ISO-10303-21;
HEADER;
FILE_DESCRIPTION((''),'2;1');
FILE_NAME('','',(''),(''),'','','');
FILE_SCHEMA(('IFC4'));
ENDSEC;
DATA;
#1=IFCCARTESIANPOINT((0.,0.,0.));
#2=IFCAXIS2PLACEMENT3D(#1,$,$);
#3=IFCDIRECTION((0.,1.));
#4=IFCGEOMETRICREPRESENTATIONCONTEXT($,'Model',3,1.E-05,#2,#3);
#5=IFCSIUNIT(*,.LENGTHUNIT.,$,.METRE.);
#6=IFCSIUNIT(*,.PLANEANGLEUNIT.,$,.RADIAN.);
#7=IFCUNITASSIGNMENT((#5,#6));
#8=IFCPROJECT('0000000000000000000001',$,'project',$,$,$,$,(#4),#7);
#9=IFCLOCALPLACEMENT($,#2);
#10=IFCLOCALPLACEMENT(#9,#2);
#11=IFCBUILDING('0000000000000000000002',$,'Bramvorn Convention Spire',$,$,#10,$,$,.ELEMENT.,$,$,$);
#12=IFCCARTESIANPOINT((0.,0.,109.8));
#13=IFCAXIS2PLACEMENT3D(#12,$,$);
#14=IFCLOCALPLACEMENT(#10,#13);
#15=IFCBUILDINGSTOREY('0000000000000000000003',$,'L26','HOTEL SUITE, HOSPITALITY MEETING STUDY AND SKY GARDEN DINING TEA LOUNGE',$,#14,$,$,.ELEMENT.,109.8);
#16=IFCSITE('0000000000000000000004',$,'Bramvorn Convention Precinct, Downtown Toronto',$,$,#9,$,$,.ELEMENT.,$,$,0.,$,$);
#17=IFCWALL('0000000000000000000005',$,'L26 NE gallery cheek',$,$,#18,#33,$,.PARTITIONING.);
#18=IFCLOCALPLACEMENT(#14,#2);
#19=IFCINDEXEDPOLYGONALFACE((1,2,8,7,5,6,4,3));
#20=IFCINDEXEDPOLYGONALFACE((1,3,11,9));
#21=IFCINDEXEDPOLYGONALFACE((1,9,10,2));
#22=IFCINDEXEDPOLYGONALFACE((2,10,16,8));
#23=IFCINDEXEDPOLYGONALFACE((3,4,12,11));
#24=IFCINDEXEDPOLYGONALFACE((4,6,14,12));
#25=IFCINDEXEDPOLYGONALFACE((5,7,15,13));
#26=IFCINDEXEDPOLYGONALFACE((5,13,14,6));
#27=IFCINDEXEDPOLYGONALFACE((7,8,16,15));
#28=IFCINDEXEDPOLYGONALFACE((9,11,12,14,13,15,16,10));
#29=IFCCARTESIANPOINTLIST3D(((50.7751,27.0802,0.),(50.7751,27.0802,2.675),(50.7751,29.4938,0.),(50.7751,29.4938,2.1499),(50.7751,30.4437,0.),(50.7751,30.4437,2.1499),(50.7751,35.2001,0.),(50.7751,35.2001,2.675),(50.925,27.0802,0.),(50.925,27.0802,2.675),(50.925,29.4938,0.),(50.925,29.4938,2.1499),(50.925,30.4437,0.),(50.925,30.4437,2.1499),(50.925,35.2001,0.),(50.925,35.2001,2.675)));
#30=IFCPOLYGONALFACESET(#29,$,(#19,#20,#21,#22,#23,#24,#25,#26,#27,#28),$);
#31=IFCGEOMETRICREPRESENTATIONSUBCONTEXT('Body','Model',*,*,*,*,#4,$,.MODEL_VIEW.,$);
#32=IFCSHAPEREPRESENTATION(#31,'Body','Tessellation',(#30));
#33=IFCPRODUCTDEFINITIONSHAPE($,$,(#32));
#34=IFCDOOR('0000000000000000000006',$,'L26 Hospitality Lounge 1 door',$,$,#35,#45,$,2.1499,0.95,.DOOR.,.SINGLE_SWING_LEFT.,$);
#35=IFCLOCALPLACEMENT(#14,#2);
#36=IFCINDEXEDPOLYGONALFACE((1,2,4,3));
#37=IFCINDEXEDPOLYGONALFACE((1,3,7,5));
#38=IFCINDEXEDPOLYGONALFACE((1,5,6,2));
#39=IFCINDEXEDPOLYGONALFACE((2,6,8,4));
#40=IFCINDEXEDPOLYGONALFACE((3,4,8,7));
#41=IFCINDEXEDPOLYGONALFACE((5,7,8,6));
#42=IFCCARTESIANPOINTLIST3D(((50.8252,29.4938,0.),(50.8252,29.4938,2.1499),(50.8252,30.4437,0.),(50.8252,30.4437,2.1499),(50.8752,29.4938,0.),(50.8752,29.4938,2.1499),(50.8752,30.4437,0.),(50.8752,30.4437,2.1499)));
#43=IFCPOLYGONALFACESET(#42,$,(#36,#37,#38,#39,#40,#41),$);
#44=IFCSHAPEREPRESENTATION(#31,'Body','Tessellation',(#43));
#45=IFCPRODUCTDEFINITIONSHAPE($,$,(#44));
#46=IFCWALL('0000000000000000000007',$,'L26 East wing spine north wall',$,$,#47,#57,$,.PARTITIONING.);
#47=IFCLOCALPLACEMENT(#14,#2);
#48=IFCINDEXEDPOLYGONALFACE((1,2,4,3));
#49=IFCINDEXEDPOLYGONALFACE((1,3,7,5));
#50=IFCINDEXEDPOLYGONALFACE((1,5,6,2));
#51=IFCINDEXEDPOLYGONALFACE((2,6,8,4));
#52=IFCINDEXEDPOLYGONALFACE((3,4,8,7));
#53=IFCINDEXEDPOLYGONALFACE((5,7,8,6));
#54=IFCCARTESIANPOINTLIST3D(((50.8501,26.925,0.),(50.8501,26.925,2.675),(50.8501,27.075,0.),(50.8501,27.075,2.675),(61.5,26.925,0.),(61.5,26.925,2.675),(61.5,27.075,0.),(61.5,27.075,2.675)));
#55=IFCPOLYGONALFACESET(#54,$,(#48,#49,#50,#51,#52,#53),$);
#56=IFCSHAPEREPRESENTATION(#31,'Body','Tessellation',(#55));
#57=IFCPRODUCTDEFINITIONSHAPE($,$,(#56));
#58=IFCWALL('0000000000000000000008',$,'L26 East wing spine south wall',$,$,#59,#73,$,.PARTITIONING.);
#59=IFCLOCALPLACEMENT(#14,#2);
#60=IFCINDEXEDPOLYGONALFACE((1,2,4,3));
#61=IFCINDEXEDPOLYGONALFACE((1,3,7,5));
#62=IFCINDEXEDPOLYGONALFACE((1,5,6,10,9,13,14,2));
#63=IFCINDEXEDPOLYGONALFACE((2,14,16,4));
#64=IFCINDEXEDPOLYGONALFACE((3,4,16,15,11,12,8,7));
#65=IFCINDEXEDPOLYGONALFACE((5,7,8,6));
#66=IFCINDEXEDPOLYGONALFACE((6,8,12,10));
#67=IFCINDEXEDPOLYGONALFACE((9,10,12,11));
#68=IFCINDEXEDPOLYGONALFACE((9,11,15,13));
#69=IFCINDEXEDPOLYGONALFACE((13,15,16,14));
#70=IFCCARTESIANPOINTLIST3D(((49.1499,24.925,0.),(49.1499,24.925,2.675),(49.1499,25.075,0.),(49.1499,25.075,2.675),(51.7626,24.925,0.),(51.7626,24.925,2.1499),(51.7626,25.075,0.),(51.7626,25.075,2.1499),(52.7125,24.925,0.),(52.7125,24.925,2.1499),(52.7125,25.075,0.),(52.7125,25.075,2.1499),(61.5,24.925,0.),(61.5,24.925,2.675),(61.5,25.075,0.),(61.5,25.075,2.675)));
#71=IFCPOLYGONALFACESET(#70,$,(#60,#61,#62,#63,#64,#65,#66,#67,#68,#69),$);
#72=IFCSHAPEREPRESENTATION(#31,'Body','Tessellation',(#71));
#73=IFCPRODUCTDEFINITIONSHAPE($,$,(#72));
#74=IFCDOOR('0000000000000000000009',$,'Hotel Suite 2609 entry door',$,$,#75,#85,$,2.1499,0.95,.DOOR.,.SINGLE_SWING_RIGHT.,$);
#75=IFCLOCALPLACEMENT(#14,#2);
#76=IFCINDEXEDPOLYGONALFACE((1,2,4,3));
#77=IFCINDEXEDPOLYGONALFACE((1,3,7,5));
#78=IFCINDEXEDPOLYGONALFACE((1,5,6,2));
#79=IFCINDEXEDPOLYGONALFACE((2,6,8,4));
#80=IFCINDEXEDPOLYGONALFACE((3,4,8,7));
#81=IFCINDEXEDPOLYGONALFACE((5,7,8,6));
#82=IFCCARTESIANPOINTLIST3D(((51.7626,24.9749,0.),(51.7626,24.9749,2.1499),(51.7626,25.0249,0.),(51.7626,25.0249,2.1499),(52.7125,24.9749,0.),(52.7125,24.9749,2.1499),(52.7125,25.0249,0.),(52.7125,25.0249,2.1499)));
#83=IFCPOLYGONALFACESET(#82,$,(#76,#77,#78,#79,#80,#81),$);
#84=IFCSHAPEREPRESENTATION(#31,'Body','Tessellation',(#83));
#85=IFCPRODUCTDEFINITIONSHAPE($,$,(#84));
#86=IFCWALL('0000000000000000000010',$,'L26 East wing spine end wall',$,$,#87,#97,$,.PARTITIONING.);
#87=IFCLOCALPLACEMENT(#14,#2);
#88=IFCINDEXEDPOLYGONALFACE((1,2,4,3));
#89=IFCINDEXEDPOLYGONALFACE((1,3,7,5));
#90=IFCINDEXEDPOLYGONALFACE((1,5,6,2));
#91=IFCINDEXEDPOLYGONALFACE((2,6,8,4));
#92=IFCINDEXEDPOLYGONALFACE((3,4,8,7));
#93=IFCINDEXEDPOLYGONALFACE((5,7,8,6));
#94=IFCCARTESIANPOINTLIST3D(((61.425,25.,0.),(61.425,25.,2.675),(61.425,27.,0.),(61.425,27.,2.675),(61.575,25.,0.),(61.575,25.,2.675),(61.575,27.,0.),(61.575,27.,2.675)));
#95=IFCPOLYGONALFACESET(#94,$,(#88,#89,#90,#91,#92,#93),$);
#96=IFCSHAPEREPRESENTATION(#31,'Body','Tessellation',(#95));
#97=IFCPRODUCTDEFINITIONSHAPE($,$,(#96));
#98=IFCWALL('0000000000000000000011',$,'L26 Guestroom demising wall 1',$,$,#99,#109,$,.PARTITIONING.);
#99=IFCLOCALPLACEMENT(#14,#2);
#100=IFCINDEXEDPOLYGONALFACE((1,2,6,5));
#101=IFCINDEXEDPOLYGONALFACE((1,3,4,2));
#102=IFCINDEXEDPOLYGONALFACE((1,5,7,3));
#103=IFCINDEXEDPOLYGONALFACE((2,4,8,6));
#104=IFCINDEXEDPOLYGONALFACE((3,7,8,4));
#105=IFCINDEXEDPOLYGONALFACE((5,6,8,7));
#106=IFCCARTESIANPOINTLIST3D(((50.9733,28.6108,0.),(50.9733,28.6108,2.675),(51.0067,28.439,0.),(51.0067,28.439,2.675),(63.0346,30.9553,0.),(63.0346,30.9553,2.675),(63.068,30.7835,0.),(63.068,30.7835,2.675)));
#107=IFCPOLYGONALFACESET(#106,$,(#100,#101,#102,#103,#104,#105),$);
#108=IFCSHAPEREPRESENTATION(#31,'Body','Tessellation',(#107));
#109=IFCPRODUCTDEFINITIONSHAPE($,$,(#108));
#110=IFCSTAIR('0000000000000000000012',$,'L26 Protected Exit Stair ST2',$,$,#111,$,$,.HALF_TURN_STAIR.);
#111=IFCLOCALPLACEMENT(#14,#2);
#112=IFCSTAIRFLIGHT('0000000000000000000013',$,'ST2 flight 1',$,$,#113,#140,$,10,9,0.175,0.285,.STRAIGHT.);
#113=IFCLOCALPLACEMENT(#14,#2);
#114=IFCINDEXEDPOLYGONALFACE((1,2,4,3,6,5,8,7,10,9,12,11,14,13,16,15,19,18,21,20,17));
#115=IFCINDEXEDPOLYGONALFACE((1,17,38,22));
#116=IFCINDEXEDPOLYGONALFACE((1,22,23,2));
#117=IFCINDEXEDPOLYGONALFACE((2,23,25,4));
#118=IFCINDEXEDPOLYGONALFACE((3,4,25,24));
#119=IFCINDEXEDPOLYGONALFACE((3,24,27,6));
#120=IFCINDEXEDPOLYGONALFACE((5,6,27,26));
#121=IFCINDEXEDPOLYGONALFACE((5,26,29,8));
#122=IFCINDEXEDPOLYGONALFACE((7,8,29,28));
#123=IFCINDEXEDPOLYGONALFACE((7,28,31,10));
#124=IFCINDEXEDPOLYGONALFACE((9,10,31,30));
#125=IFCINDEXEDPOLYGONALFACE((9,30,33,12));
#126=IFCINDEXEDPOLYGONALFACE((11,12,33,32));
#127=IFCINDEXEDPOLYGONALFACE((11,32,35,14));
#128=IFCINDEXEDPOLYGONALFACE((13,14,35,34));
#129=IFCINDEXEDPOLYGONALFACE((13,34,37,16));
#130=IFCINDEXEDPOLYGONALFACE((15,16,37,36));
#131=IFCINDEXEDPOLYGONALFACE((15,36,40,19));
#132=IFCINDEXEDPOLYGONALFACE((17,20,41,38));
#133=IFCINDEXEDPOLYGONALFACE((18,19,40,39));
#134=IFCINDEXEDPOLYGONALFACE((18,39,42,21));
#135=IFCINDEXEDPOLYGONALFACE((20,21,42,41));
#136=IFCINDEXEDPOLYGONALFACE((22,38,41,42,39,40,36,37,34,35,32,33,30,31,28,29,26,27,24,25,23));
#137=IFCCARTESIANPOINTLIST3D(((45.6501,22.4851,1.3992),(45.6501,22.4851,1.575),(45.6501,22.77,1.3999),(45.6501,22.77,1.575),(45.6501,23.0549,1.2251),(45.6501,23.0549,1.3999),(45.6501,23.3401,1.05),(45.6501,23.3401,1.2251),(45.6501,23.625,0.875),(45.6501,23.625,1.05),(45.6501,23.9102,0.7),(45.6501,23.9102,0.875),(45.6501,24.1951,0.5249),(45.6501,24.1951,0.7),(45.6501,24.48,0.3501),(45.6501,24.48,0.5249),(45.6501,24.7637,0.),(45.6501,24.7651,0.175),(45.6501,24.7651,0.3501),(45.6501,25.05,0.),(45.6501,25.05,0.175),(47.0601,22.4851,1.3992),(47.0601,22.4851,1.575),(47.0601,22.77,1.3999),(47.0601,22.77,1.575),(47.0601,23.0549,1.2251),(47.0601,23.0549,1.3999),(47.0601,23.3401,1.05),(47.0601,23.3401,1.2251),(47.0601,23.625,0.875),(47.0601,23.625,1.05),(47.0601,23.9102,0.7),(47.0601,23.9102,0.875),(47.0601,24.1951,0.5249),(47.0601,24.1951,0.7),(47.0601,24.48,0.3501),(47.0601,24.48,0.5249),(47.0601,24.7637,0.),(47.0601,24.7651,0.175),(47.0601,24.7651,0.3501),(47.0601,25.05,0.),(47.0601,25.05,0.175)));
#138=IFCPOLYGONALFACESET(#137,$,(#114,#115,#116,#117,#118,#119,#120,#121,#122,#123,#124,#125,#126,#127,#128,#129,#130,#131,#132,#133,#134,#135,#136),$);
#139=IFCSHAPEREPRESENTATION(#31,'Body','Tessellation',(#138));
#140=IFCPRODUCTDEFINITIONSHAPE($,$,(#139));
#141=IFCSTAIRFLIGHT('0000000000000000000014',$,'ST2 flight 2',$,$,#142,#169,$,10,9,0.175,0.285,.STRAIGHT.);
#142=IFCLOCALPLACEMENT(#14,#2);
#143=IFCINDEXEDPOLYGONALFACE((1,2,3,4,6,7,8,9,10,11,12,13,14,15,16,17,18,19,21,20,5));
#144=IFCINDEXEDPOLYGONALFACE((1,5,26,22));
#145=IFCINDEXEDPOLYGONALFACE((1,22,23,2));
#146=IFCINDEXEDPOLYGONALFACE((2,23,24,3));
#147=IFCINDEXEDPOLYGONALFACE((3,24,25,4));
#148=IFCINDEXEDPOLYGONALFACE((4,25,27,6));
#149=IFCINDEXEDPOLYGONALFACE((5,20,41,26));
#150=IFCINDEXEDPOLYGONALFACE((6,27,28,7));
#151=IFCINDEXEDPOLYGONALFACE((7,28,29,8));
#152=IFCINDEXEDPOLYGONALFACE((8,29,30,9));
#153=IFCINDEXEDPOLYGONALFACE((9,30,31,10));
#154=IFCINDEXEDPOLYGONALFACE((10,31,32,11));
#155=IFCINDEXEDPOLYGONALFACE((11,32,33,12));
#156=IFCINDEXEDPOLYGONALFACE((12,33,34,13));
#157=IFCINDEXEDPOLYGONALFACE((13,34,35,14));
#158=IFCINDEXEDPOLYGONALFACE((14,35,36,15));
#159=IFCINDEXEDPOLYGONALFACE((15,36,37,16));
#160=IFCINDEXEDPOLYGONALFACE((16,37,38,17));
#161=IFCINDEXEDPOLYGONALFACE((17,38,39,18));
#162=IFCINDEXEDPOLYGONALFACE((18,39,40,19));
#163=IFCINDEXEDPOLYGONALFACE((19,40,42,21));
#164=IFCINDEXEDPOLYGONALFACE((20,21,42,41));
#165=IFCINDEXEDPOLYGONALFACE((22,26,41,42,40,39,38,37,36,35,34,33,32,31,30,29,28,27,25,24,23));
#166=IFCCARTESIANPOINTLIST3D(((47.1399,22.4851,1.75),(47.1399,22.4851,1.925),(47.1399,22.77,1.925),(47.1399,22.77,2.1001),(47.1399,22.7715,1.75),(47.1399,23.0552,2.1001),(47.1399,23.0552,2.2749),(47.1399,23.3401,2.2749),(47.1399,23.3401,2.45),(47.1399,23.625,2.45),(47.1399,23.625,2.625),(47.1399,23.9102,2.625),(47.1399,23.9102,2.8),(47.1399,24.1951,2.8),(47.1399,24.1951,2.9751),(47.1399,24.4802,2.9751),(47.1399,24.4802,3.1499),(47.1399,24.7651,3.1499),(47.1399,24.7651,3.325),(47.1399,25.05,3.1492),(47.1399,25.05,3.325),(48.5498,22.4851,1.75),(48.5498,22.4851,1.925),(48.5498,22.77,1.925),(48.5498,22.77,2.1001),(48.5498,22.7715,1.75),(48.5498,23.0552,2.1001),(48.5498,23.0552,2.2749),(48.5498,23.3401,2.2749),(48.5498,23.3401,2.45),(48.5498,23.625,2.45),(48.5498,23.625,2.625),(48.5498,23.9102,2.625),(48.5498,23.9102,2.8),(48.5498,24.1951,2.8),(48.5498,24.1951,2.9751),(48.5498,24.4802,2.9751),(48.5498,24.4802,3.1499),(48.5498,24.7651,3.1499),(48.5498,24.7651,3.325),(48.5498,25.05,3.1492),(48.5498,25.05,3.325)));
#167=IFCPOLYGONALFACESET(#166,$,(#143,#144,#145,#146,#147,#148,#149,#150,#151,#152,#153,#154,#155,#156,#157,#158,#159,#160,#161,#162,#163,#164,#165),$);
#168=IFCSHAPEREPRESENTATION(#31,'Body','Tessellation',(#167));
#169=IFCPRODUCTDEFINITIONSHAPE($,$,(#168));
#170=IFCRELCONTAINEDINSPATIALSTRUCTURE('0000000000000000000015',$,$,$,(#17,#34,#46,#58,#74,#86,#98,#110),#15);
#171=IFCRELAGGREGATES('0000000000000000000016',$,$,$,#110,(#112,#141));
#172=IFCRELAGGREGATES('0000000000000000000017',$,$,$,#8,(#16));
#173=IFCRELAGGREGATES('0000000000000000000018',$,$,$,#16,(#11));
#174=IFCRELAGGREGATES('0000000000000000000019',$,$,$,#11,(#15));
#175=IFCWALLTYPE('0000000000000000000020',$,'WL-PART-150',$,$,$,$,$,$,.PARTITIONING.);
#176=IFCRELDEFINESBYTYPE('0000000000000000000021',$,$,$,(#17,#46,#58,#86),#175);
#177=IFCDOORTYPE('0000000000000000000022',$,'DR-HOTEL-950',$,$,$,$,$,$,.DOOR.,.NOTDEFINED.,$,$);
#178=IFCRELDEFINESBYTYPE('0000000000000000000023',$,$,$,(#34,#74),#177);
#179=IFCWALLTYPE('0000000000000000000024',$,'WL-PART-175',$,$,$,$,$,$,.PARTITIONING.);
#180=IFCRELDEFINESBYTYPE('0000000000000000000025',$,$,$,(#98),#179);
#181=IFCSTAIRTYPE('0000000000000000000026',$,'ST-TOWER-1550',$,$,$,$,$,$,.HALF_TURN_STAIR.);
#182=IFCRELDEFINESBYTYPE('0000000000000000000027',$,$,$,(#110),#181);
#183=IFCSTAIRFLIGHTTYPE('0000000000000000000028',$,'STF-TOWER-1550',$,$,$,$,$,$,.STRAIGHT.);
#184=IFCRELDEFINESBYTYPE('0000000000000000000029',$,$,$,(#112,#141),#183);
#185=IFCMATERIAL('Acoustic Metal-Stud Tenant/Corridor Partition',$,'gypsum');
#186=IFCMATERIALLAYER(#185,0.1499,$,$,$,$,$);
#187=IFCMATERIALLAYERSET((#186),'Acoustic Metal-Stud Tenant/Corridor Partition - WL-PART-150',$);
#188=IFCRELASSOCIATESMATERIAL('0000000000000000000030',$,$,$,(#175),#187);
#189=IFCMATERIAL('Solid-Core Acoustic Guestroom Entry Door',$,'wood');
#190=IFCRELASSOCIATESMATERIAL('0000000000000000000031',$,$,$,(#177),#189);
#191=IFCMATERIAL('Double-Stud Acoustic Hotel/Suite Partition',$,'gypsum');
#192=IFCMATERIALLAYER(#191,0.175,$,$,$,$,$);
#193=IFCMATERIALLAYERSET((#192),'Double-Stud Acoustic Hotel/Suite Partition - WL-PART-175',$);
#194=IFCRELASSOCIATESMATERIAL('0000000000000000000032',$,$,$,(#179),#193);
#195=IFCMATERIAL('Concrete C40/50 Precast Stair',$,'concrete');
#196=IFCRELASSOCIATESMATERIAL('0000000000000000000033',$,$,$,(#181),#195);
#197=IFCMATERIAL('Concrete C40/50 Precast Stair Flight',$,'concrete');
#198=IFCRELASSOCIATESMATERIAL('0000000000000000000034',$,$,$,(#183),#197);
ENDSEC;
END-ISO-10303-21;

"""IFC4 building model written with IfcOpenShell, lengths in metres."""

from ifc_helpers import new_model, si_unit, direction, frame, frame_2d, origin, place, context, subcontext, project, spatial, polyline, rectangle, outline, extrude, material, layer, layer_set, type_object, element, fill, aggregate, save


model = new_model("IFC4")

# Units and contexts
model_context = context("Model", 3, precision=1e-05, world=origin(), true_north=direction((0.0, 1.0)))
body_context = subcontext(model_context, "Body", "Model", "MODEL_VIEW")
ifc_project = project(units=[si_unit("LENGTHUNIT", "METRE"), si_unit("PLANEANGLEUNIT", "RADIAN")], contexts=[model_context])

# Site, building, storey
site_placement = place(None, origin())
site = spatial("IfcSite", under=ifc_project, at=site_placement, Name="Bramvorn Convention Precinct, Downtown Toronto", CompositionType="ELEMENT", RefElevation=0.0)
building_placement = place(site_placement, origin())
building = spatial("IfcBuilding", under=site, at=building_placement, Name="Bramvorn Convention Spire", CompositionType="ELEMENT")
storey_placement = place(building_placement, frame((0.0, 0.0, 109.8)))
storey = spatial("IfcBuildingStorey", under=building, at=storey_placement, Name="L26", Description="HOTEL SUITE, HOSPITALITY MEETING STUDY AND SKY GARDEN DINING TEA LOUNGE", CompositionType="ELEMENT", Elevation=109.8)

# Wall, opening, door
ifc_material_1 = material(Name="Acoustic Metal-Stud Tenant/Corridor Partition", Category="gypsum")
ifc_layer_1 = layer(ifc_material_1, 0.1499)
ifc_layer_set_1 = layer_set([ifc_layer_1], Name="Acoustic Metal-Stud Tenant/Corridor Partition - WL-PART-150")
wall_type_1 = type_object("IfcWallType", Name="WL-PART-150", PredefinedType="PARTITIONING", material=ifc_layer_set_1)
wall_1_placement = place(storey_placement, frame((50.8501, 27.0801, 0.0), z_axis=(0.0, 0.0, 1.0), x_axis=(0.0, 1.0, 0.0)))
wall_1 = element("IfcWall", 1, at=wall_1_placement, inside=storey, type_object=wall_type_1, Name="L26 NE gallery cheek", PredefinedType="PARTITIONING", context=body_context, shape_type="SweptSolid", body=[
    extrude(rectangle(XDim=8.1199, YDim=0.1499, at=frame_2d((4.0601, 0.0))), origin(), (0.0, 0.0, 1.0), 2.675),
])
opening_1_placement = place(wall_1_placement, frame((2.4136, 0.0, 0.0)))
opening_1 = element("IfcOpeningElement", 2, at=opening_1_placement, cuts=wall_1, PredefinedType="OPENING", context=body_context, shape_type="SweptSolid", body=[
    extrude(rectangle(XDim=0.95, YDim=2.1499, at=frame_2d((0.4751, 1.075))), frame((0.0, 0.085, 0.0), z_axis=(0.0, -1.0, 0.0), x_axis=(1.0, 0.0, 0.0)), (0.0, 0.0, 1.0), 0.1699),
])
ifc_material_2 = material(Name="Solid-Core Acoustic Guestroom Entry Door", Category="wood")
door_type = type_object("IfcDoorType", Name="DR-HOTEL-950", OperationType="NOTDEFINED", PredefinedType="DOOR", material=ifc_material_2)
door_1_placement = place(opening_1_placement, origin())
door_1 = element("IfcDoor", 3, at=door_1_placement, inside=storey, type_object=door_type, Name="L26 Hospitality Lounge 1 door", OperationType="SINGLE_SWING_LEFT", OverallHeight=2.1499, OverallWidth=0.95, PredefinedType="DOOR", context=body_context, shape_type="SweptSolid", body=[
    extrude(rectangle(XDim=0.95, YDim=2.1499, at=frame_2d((0.4751, 1.075))), frame((0.0, 0.0249, 0.0), z_axis=(0.0, -1.0, 0.0), x_axis=(1.0, 0.0, 0.0)), (0.0, 0.0, 1.0), 0.05),
])
fill(opening_1, door_1)

# Wall
wall_2_placement = place(storey_placement, frame((50.8501, 27.0, 0.0), z_axis=(0.0, 0.0, 1.0), x_axis=(1.0, 0.0, 0.0)))
element("IfcWall", 4, at=wall_2_placement, inside=storey, type_object=wall_type_1, Name="L26 East wing spine north wall", PredefinedType="PARTITIONING", context=body_context, shape_type="SweptSolid", body=[
    extrude(rectangle(XDim=10.6499, YDim=0.1499, at=frame_2d((5.325, 0.0))), origin(), (0.0, 0.0, 1.0), 2.675),
])

# Wall, opening, door
wall_3_placement = place(storey_placement, frame((49.1499, 25.0, 0.0), z_axis=(0.0, 0.0, 1.0), x_axis=(1.0, 0.0, 0.0)))
wall_3 = element("IfcWall", 5, at=wall_3_placement, inside=storey, type_object=wall_type_1, Name="L26 East wing spine south wall", PredefinedType="PARTITIONING", context=body_context, shape_type="SweptSolid", body=[
    extrude(rectangle(XDim=12.3501, YDim=0.1499, at=frame_2d((6.175, 0.0))), origin(), (0.0, 0.0, 1.0), 2.675),
])
opening_2_placement = place(wall_3_placement, frame((2.6125, 0.0, 0.0)))
opening_2 = element("IfcOpeningElement", 6, at=opening_2_placement, cuts=wall_3, PredefinedType="OPENING", context=body_context, shape_type="SweptSolid", body=[
    extrude(rectangle(XDim=0.95, YDim=2.1499, at=frame_2d((0.4751, 1.075))), frame((0.0, 0.085, 0.0), z_axis=(0.0, -1.0, 0.0), x_axis=(1.0, 0.0, 0.0)), (0.0, 0.0, 1.0), 0.1699),
])
door_2_placement = place(opening_2_placement, origin())
door_2 = element("IfcDoor", 7, at=door_2_placement, inside=storey, type_object=door_type, Name="Hotel Suite 2609 entry door", OperationType="SINGLE_SWING_RIGHT", OverallHeight=2.1499, OverallWidth=0.95, PredefinedType="DOOR", context=body_context, shape_type="SweptSolid", body=[
    extrude(rectangle(XDim=0.95, YDim=2.1499, at=frame_2d((0.4751, 1.075))), frame((0.0, 0.0249, 0.0), z_axis=(0.0, -1.0, 0.0), x_axis=(1.0, 0.0, 0.0)), (0.0, 0.0, 1.0), 0.05),
])
fill(opening_2, door_2)

# Walls
wall_4_placement = place(storey_placement, frame((61.5, 25.0, 0.0), z_axis=(0.0, 0.0, 1.0), x_axis=(0.0, 1.0, 0.0)))
element("IfcWall", 8, at=wall_4_placement, inside=storey, type_object=wall_type_1, Name="L26 East wing spine end wall", PredefinedType="PARTITIONING", context=body_context, shape_type="SweptSolid", body=[
    extrude(rectangle(XDim=2.0, YDim=0.1499, at=frame_2d((1.0, 0.0))), origin(), (0.0, 0.0, 1.0), 2.675),
])
ifc_material_3 = material(Name="Double-Stud Acoustic Hotel/Suite Partition", Category="gypsum")
ifc_layer_2 = layer(ifc_material_3, 0.175)
ifc_layer_set_2 = layer_set([ifc_layer_2], Name="Double-Stud Acoustic Hotel/Suite Partition - WL-PART-175")
wall_type_2 = type_object("IfcWallType", Name="WL-PART-175", PredefinedType="PARTITIONING", material=ifc_layer_set_2)
wall_5_placement = place(storey_placement, frame((50.99, 28.5249, 0.0), z_axis=(0.0, 0.0, 1.0), x_axis=(0.981627, 0.19081, 0.0)))
element("IfcWall", 9, at=wall_5_placement, inside=storey, type_object=wall_type_2, Name="L26 Guestroom demising wall 1", PredefinedType="PARTITIONING", context=body_context, shape_type="SweptSolid", body=[
    extrude(rectangle(XDim=12.2871, YDim=0.175, at=frame_2d((6.1436, 0.0))), origin(), (0.0, 0.0, 1.0), 2.675),
])

# Stair, stair flights
ifc_material_4 = material(Name="Concrete C40/50 Precast Stair", Category="concrete")
stair_type = type_object("IfcStairType", Name="ST-TOWER-1550", PredefinedType="HALF_TURN_STAIR", material=ifc_material_4)
stair_placement = place(storey_placement, origin())
stair = element("IfcStair", 10, at=stair_placement, inside=storey, type_object=stair_type, Name="L26 Protected Exit Stair ST2", PredefinedType="HALF_TURN_STAIR")
ifc_material_5 = material(Name="Concrete C40/50 Precast Stair Flight", Category="concrete")
stair_flight_type = type_object("IfcStairFlightType", Name="STF-TOWER-1550", PredefinedType="STRAIGHT", material=ifc_material_5)
stair_flight_1_placement = place(storey_placement, frame((46.355, 25.05, 0.0), z_axis=(0.0, 0.0, 1.0), x_axis=(0.0, -1.0, 0.0)))
stair_flight_1 = element("IfcStairFlight", 11, at=stair_flight_1_placement, type_object=stair_flight_type, Name="ST2 flight 1", NumberOfRisers=10, NumberOfTreads=9, PredefinedType="STRAIGHT", RiserHeight=0.175, TreadLength=0.285, context=body_context, shape_type="SweptSolid", body=[
    extrude(outline(polyline([(0.0, 0.0), (0.0, 0.175), (0.2849, 0.175), (0.2849, 0.3501), (0.5701, 0.3501), (0.5701, 0.5249), (0.855, 0.5249), (0.855, 0.7), (1.1399, 0.7), (1.1399, 0.875), (1.425, 0.875), (1.425, 1.05), (1.71, 1.05), (1.71, 1.2251), (1.9951, 1.2251), (1.9951, 1.3999), (2.28, 1.3999), (2.28, 1.575), (2.5649, 1.575), (2.5649, 1.75), (2.5649, 1.3992), (0.2864, 0.0), (0.0, 0.0)])), frame((0.0, 0.7051, 0.0), z_axis=(0.0, -1.0, 0.0), x_axis=(1.0, 0.0, 0.0)), (0.0, 0.0, 1.0), 1.4099),
])
stair_flight_2_placement = place(storey_placement, frame((47.845, 22.4851, 1.75), z_axis=(0.0, 0.0, 1.0), x_axis=(0.0, 1.0, 0.0)))
stair_flight_2 = element("IfcStairFlight", 12, at=stair_flight_2_placement, type_object=stair_flight_type, Name="ST2 flight 2", NumberOfRisers=10, NumberOfTreads=9, PredefinedType="STRAIGHT", RiserHeight=0.175, TreadLength=0.285, context=body_context, shape_type="SweptSolid", body=[
    extrude(outline(polyline([(0.0, 0.0), (0.0, 0.175), (0.2849, 0.175), (0.2849, 0.3501), (0.5701, 0.3501), (0.5701, 0.5249), (0.855, 0.5249), (0.855, 0.7), (1.1399, 0.7), (1.1399, 0.875), (1.425, 0.875), (1.425, 1.05), (1.71, 1.05), (1.71, 1.2251), (1.9951, 1.2251), (1.9951, 1.3999), (2.28, 1.3999), (2.28, 1.575), (2.5649, 1.575), (2.5649, 1.75), (2.5649, 1.3992), (0.2864, 0.0), (0.0, 0.0)])), frame((0.0, 0.7051, 0.0), z_axis=(0.0, -1.0, 0.0), x_axis=(1.0, 0.0, 0.0)), (0.0, 0.0, 1.0), 1.4099),
])
aggregate(stair, [stair_flight_1, stair_flight_2])

save(model, "model.ifc")
